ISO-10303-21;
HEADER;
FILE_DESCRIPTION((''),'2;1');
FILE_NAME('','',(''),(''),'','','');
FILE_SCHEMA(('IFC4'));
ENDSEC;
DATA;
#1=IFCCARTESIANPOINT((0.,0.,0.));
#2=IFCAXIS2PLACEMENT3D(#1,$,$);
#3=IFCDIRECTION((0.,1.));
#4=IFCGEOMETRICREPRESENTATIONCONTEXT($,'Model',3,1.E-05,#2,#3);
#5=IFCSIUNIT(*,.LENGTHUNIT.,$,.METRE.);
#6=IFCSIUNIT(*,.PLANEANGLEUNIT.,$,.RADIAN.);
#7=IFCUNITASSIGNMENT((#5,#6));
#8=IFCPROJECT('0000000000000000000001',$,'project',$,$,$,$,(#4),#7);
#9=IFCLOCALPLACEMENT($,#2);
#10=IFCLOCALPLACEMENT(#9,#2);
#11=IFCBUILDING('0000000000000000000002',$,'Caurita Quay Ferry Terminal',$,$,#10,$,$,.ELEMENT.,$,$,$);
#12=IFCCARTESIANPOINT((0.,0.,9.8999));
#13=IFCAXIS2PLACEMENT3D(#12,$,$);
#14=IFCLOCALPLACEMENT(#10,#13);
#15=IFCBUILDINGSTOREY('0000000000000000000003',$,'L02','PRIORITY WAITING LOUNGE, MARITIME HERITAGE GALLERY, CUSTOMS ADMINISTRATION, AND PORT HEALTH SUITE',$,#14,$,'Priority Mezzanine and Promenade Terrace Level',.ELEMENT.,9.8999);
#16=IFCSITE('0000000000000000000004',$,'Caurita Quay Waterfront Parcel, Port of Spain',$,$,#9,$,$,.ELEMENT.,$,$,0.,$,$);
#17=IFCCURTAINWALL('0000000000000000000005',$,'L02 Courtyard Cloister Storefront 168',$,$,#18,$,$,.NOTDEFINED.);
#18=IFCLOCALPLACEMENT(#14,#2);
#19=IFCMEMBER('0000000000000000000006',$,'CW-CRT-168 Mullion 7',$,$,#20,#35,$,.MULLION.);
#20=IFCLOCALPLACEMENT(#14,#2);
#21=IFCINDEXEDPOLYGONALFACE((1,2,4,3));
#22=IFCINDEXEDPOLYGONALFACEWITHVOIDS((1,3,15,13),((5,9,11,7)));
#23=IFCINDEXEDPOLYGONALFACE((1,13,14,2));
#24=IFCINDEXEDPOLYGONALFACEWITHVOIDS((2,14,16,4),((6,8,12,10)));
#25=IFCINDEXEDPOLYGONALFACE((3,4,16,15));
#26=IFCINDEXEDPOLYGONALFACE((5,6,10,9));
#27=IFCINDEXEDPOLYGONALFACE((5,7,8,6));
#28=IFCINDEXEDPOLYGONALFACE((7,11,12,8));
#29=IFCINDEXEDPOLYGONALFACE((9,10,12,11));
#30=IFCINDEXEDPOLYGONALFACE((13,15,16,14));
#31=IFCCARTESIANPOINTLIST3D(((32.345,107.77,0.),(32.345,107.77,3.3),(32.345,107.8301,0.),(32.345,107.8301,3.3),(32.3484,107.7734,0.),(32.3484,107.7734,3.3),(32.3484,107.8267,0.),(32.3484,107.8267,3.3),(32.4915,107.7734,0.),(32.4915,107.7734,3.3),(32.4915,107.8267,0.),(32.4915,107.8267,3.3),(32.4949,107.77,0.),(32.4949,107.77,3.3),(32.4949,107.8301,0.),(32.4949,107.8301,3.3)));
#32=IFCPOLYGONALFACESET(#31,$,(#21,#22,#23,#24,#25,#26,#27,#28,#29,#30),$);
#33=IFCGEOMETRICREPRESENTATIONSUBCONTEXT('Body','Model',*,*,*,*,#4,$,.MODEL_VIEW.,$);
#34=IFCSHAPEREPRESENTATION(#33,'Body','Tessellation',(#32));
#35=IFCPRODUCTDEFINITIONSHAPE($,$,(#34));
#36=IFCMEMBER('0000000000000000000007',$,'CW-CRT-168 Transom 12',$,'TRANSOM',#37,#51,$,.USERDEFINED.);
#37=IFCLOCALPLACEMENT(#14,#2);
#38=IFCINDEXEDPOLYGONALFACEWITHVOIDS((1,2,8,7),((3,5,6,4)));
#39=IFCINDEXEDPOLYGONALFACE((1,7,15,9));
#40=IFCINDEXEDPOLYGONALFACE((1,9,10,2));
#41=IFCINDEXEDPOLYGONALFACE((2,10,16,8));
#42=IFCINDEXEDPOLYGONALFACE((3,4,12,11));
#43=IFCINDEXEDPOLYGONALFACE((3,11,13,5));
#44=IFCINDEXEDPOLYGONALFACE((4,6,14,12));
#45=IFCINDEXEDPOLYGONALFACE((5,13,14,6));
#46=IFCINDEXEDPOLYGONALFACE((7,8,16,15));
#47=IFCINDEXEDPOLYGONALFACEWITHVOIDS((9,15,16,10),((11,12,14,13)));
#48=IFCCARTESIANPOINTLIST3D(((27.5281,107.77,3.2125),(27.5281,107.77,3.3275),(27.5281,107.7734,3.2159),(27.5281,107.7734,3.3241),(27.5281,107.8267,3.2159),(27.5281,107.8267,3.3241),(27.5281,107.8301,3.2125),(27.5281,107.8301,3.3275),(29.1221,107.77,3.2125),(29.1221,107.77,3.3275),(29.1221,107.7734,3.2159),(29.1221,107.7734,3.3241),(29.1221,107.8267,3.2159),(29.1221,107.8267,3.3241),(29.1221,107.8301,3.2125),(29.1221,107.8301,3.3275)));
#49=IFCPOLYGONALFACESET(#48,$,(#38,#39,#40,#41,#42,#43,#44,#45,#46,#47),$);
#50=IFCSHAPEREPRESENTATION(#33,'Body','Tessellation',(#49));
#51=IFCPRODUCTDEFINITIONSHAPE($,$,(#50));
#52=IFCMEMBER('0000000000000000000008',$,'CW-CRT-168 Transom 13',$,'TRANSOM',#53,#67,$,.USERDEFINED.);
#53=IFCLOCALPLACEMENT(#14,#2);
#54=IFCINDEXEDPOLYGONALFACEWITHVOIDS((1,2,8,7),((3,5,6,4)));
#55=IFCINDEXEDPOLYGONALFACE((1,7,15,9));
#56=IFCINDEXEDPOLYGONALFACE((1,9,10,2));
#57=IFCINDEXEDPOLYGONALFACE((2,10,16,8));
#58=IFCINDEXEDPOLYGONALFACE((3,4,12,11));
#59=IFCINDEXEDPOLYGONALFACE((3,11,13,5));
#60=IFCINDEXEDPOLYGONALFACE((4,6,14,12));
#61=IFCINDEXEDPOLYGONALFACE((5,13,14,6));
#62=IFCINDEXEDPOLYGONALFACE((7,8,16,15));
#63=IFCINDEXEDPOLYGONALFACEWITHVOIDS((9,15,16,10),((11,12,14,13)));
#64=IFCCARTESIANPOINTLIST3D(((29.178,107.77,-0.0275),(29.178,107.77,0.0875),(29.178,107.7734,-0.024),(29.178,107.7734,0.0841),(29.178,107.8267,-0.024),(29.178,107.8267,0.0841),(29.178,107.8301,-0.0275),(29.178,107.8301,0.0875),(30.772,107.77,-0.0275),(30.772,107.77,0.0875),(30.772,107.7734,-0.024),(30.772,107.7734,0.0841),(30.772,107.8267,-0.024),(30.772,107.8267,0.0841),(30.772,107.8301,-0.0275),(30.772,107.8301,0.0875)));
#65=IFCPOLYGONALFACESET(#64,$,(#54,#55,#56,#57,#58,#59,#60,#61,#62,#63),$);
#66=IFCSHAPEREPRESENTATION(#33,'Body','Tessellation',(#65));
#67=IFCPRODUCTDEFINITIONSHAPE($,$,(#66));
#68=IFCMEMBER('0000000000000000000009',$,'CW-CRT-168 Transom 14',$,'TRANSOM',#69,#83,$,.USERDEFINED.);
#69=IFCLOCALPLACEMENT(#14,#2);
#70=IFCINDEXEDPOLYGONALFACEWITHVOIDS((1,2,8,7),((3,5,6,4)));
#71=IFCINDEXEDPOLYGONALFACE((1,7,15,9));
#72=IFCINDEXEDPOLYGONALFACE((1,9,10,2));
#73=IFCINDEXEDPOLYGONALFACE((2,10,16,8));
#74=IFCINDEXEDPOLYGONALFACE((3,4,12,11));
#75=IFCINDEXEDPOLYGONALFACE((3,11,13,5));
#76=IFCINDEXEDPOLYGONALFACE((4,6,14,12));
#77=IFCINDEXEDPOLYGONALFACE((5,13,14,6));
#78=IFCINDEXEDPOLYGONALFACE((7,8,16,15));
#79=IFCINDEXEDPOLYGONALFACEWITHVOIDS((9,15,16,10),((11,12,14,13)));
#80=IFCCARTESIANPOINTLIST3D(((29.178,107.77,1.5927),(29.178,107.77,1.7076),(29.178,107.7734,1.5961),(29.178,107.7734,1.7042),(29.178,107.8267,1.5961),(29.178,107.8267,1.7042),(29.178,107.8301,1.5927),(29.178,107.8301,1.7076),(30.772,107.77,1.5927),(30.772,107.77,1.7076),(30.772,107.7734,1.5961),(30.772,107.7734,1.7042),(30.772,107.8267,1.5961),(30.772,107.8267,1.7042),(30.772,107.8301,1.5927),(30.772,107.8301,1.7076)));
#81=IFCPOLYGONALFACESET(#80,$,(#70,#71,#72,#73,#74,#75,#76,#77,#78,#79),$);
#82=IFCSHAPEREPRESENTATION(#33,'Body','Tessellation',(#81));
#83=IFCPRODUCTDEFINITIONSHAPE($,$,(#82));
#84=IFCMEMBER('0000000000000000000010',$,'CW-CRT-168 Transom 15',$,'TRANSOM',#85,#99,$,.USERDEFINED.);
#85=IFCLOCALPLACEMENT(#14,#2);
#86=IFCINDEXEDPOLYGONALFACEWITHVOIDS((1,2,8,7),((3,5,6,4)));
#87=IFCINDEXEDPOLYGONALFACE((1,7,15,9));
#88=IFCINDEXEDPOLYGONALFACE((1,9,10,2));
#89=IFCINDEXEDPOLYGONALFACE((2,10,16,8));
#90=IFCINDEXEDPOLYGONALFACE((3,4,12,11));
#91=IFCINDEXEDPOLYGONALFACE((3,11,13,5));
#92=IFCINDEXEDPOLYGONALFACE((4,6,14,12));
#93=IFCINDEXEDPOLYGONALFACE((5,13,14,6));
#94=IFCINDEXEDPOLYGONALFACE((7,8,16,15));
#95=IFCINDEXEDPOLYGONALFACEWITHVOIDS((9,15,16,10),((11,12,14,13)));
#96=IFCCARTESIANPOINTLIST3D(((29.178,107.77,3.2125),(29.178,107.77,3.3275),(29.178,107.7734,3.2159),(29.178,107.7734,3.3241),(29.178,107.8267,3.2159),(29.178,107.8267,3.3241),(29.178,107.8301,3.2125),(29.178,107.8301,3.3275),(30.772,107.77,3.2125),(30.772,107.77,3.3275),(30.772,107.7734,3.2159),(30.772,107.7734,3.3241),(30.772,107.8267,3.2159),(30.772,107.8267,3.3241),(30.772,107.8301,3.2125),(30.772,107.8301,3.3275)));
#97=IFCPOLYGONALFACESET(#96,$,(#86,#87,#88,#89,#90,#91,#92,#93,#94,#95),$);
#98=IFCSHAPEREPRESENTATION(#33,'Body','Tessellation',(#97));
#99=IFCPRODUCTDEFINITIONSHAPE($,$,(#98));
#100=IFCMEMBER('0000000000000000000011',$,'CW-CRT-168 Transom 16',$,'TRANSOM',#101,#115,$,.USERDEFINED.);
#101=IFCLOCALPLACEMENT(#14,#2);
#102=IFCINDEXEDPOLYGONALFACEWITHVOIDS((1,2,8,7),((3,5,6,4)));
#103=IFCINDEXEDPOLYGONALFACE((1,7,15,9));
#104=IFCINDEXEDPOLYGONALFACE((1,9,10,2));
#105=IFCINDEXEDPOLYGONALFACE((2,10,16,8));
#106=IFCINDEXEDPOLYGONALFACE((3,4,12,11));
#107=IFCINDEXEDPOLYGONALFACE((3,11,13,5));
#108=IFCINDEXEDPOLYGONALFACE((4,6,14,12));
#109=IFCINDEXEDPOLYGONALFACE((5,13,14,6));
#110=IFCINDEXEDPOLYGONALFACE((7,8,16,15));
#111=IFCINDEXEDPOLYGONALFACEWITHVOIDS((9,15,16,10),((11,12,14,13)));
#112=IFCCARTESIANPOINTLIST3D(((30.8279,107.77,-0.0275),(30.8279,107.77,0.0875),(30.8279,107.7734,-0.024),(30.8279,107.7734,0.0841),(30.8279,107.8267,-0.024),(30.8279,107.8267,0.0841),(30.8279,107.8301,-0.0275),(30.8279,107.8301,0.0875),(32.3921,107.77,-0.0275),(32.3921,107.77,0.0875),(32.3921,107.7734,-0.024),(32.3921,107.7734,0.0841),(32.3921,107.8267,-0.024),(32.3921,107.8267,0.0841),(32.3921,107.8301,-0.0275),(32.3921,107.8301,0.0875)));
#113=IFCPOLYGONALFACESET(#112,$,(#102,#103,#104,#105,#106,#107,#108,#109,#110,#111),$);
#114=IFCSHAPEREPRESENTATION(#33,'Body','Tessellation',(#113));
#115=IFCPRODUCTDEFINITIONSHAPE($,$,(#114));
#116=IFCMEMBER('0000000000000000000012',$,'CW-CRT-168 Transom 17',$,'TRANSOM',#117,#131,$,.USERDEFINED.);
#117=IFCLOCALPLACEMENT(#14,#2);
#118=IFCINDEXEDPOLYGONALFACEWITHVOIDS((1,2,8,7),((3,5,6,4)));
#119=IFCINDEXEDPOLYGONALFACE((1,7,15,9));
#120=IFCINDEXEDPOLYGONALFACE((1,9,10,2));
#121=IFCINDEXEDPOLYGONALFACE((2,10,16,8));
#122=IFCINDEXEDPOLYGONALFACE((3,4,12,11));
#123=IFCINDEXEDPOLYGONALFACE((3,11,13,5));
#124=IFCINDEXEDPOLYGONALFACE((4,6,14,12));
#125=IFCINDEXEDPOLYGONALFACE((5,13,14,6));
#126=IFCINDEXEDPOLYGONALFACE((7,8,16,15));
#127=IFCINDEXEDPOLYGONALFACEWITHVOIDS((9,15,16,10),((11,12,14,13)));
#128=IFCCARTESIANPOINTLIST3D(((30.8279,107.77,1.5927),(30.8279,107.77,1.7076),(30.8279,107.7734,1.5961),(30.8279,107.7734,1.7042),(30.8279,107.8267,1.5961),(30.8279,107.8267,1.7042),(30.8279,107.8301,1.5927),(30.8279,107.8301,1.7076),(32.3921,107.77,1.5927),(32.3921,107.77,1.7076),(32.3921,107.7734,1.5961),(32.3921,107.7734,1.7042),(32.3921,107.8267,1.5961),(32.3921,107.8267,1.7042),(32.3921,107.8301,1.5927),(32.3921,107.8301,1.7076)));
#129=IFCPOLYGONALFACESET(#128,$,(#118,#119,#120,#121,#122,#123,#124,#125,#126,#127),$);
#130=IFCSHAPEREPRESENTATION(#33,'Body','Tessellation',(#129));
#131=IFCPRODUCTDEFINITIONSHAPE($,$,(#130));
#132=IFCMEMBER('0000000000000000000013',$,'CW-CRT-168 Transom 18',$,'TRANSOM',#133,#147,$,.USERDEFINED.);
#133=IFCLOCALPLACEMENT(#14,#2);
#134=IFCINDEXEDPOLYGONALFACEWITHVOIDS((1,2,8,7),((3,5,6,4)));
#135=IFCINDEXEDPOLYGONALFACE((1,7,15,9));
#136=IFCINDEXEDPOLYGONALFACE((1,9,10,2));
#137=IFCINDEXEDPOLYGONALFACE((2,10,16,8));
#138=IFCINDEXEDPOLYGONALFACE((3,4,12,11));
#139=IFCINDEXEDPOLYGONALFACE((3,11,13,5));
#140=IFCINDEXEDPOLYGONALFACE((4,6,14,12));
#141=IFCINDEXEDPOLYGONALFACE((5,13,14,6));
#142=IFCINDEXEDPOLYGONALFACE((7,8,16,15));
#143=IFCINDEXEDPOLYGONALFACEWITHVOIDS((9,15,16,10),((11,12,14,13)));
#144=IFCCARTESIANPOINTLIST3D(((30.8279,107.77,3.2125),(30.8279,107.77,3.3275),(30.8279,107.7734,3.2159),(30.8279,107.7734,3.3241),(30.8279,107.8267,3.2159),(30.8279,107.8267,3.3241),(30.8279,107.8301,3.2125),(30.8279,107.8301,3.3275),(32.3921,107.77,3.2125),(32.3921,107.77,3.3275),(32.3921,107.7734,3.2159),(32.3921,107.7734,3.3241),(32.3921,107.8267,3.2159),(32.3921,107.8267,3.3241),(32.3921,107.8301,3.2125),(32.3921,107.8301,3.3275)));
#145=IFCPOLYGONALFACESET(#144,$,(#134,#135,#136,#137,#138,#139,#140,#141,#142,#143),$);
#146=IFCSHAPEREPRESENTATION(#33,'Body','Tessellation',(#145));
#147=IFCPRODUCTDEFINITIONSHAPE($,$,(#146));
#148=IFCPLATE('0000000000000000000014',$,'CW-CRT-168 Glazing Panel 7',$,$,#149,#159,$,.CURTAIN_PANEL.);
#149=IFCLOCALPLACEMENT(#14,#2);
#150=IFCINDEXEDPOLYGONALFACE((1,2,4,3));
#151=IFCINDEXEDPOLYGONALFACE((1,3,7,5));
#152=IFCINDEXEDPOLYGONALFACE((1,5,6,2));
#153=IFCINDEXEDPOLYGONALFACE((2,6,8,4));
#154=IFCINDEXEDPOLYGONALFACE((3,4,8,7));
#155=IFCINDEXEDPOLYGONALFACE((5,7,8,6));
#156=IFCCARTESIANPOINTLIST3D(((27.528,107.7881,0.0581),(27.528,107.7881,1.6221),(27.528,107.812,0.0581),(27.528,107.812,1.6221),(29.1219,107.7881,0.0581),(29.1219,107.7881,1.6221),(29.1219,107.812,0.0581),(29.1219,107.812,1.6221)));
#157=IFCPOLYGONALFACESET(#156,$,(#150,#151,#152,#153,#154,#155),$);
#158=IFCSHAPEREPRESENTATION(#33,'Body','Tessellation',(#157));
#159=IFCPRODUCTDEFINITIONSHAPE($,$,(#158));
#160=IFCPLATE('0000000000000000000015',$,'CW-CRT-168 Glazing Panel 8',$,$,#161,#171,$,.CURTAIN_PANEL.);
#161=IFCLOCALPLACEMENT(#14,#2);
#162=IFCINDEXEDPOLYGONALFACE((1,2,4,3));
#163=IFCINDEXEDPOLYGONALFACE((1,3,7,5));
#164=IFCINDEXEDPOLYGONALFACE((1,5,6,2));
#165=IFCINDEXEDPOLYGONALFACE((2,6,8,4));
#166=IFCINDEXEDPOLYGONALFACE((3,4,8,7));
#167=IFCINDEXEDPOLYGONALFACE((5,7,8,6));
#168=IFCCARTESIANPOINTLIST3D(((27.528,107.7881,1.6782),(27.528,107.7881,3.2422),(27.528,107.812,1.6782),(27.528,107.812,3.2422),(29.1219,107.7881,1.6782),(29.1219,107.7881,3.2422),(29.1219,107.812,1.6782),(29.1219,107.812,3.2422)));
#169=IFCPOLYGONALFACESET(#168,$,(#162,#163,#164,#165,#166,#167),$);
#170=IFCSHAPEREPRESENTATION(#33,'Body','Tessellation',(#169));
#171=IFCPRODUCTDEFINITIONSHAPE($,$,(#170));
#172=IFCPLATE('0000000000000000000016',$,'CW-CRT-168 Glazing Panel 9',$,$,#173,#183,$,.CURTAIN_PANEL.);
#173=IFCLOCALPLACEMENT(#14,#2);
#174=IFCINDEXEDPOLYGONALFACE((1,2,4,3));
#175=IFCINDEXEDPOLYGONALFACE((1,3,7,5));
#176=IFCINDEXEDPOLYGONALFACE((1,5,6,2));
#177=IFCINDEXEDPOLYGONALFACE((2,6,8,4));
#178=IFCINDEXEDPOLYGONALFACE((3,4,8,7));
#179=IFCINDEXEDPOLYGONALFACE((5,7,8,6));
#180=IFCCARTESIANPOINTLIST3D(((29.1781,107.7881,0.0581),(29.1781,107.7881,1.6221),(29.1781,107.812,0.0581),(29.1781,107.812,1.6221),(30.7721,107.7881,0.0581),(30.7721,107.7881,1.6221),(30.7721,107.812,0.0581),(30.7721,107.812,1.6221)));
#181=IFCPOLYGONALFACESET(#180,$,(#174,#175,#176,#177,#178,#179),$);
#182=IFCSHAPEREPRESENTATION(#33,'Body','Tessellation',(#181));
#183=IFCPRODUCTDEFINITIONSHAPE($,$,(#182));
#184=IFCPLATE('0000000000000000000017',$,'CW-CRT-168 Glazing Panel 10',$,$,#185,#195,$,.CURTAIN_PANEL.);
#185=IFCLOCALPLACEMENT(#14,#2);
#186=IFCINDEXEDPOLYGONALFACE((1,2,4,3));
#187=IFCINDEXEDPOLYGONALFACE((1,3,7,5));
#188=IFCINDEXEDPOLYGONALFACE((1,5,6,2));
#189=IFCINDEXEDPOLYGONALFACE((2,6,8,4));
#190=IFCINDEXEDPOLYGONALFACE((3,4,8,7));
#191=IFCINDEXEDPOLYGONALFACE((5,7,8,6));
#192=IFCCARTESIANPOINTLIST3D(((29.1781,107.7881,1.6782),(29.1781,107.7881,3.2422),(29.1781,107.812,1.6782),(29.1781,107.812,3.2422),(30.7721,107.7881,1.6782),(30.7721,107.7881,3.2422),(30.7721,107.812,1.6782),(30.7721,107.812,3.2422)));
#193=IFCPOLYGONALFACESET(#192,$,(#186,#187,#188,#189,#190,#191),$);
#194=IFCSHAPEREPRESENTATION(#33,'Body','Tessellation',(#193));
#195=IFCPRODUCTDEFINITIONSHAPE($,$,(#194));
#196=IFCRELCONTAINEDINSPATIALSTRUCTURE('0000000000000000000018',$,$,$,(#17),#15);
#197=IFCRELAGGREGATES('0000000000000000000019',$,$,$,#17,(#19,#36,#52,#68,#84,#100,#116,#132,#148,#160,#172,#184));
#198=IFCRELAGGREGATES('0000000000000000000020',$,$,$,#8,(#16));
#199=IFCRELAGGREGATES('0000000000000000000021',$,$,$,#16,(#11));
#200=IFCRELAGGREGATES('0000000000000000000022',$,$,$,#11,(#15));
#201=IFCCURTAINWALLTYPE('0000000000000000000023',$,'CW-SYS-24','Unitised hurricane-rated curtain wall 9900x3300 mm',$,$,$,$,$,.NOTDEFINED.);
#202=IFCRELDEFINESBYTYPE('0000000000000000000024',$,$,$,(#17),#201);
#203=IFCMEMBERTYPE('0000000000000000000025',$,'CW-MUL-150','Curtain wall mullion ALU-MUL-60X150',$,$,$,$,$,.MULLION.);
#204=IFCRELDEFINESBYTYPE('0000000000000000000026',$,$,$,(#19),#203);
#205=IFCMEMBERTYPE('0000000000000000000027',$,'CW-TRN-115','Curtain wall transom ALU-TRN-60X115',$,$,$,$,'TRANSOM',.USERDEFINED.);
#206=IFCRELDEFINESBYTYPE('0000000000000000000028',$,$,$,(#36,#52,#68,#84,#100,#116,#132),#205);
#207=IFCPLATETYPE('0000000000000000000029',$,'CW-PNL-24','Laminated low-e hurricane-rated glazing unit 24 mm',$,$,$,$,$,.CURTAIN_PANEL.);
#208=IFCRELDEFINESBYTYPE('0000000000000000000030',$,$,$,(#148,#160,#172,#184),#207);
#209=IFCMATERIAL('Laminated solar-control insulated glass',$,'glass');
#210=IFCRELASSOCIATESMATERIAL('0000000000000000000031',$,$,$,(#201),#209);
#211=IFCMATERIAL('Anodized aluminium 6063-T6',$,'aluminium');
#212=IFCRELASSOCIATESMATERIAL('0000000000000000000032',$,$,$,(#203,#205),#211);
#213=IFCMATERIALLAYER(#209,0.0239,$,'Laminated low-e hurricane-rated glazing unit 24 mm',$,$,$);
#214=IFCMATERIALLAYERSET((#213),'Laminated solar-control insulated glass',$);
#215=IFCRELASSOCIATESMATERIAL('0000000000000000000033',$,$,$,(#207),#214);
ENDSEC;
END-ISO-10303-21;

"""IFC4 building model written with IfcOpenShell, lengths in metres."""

from ifc_helpers import new_model, si_unit, direction, frame, origin, origin_2d, place, context, subcontext, project, spatial, rectangle, hollow_rectangle, extrude, material, layer, layer_set, material_profile, profile_set, type_object, element, aggregate, save


model = new_model("IFC4")

# Units and contexts
model_context = context("Model", 3, precision=1e-05, world=origin(), true_north=direction((0.0, 1.0)))
body_context = subcontext(model_context, "Body", "Model", "MODEL_VIEW")
ifc_project = project(units=[si_unit("LENGTHUNIT", "METRE"), si_unit("PLANEANGLEUNIT", "RADIAN")], contexts=[model_context])

# Site, building, storey
site_placement = place(None, origin())
site = spatial("IfcSite", under=ifc_project, at=site_placement, Name="Caurita Quay Waterfront Parcel, Port of Spain", CompositionType="ELEMENT", RefElevation=0.0)
building_placement = place(site_placement, origin())
building = spatial("IfcBuilding", under=site, at=building_placement, Name="Caurita Quay Ferry Terminal", CompositionType="ELEMENT")
storey_placement = place(building_placement, frame((0.0, 0.0, 9.8999)))
storey = spatial("IfcBuildingStorey", under=building, at=storey_placement, Name="L02", Description="PRIORITY WAITING LOUNGE, MARITIME HERITAGE GALLERY, CUSTOMS ADMINISTRATION, AND PORT HEALTH SUITE", LongName="Priority Mezzanine and Promenade Terrace Level", CompositionType="ELEMENT", Elevation=9.8999)

# Curtain wall, members, plates
ifc_material_1 = material(Name="Laminated solar-control insulated glass", Category="glass")
curtain_wall_type = type_object("IfcCurtainWallType", Name="CW-SYS-24", Description="Unitised hurricane-rated curtain wall 9900x3300 mm", PredefinedType="NOTDEFINED", material=ifc_material_1)
curtain_wall_placement = place(storey_placement, origin())
curtain_wall = element("IfcCurtainWall", 1, at=curtain_wall_placement, inside=storey, type_object=curtain_wall_type, Name="L02 Courtyard Cloister Storefront 168", PredefinedType="NOTDEFINED")
ifc_material_2 = material(Name="Anodized aluminium 6063-T6", Category="aluminium")
ifc_material_profile_1 = material_profile(ifc_material_2, hollow_rectangle(XDim=0.0601, YDim=0.1499, WallThickness=0.0034, at=origin_2d()), Name="ALU-MUL-60X150")
ifc_profile_set_1 = profile_set([ifc_material_profile_1], Name="Anodized aluminium 6063-T6")
member_type_1 = type_object("IfcMemberType", Name="CW-MUL-150", Description="Curtain wall mullion ALU-MUL-60X150", PredefinedType="MULLION", material=ifc_profile_set_1)
member_1_placement = place(storey_placement, frame((32.4199, 107.8, 0.0), z_axis=(0.0, 0.0, 1.0), x_axis=(0.0, 1.0, 0.0)))
member_1 = element("IfcMember", 2, at=member_1_placement, type_object=member_type_1, Name="CW-CRT-168 Mullion 7", PredefinedType="MULLION", context=body_context, shape_type="SweptSolid", body=[
    extrude(hollow_rectangle(XDim=0.0601, YDim=0.1499, WallThickness=0.0034, at=origin_2d()), origin(), (0.0, 0.0, 1.0), 3.3),
])
ifc_material_profile_2 = material_profile(ifc_material_2, hollow_rectangle(XDim=0.0601, YDim=0.115, WallThickness=0.0034, at=origin_2d()), Name="ALU-TRN-60X115")
ifc_profile_set_2 = profile_set([ifc_material_profile_2], Name="Anodized aluminium 6063-T6")
member_type_2 = type_object("IfcMemberType", Name="CW-TRN-115", Description="Curtain wall transom ALU-TRN-60X115", ElementType="TRANSOM", PredefinedType="USERDEFINED", material=ifc_profile_set_2)
member_2_placement = place(storey_placement, frame((27.5281, 107.8, 3.27), z_axis=(1.0, 0.0, 0.0), x_axis=(0.0, 1.0, 0.0)))
member_2 = element("IfcMember", 3, at=member_2_placement, type_object=member_type_2, Name="CW-CRT-168 Transom 12", ObjectType="TRANSOM", PredefinedType="USERDEFINED", context=body_context, shape_type="SweptSolid", body=[
    extrude(hollow_rectangle(XDim=0.0601, YDim=0.115, WallThickness=0.0034, at=origin_2d()), origin(), (0.0, 0.0, 1.0), 1.594),
])
member_3_placement = place(storey_placement, frame((29.178, 107.8, 0.03), z_axis=(1.0, 0.0, 0.0), x_axis=(0.0, 1.0, 0.0)))
member_3 = element("IfcMember", 4, at=member_3_placement, type_object=member_type_2, Name="CW-CRT-168 Transom 13", ObjectType="TRANSOM", PredefinedType="USERDEFINED", context=body_context, shape_type="SweptSolid", body=[
    extrude(hollow_rectangle(XDim=0.0601, YDim=0.115, WallThickness=0.0034, at=origin_2d()), origin(), (0.0, 0.0, 1.0), 1.594),
])
member_4_placement = place(storey_placement, frame((29.178, 107.8, 1.6501), z_axis=(1.0, 0.0, 0.0), x_axis=(0.0, 1.0, 0.0)))
member_4 = element("IfcMember", 5, at=member_4_placement, type_object=member_type_2, Name="CW-CRT-168 Transom 14", ObjectType="TRANSOM", PredefinedType="USERDEFINED", context=body_context, shape_type="SweptSolid", body=[
    extrude(hollow_rectangle(XDim=0.0601, YDim=0.115, WallThickness=0.0034, at=origin_2d()), origin(), (0.0, 0.0, 1.0), 1.594),
])
member_5_placement = place(storey_placement, frame((29.178, 107.8, 3.27), z_axis=(1.0, 0.0, 0.0), x_axis=(0.0, 1.0, 0.0)))
member_5 = element("IfcMember", 6, at=member_5_placement, type_object=member_type_2, Name="CW-CRT-168 Transom 15", ObjectType="TRANSOM", PredefinedType="USERDEFINED", context=body_context, shape_type="SweptSolid", body=[
    extrude(hollow_rectangle(XDim=0.0601, YDim=0.115, WallThickness=0.0034, at=origin_2d()), origin(), (0.0, 0.0, 1.0), 1.594),
])
member_6_placement = place(storey_placement, frame((30.8279, 107.8, 0.03), z_axis=(1.0, 0.0, 0.0), x_axis=(0.0, 1.0, 0.0)))
member_6 = element("IfcMember", 7, at=member_6_placement, type_object=member_type_2, Name="CW-CRT-168 Transom 16", ObjectType="TRANSOM", PredefinedType="USERDEFINED", context=body_context, shape_type="SweptSolid", body=[
    extrude(hollow_rectangle(XDim=0.0601, YDim=0.115, WallThickness=0.0034, at=origin_2d()), origin(), (0.0, 0.0, 1.0), 1.5642),
])
member_7_placement = place(storey_placement, frame((30.8279, 107.8, 1.6501), z_axis=(1.0, 0.0, 0.0), x_axis=(0.0, 1.0, 0.0)))
member_7 = element("IfcMember", 8, at=member_7_placement, type_object=member_type_2, Name="CW-CRT-168 Transom 17", ObjectType="TRANSOM", PredefinedType="USERDEFINED", context=body_context, shape_type="SweptSolid", body=[
    extrude(hollow_rectangle(XDim=0.0601, YDim=0.115, WallThickness=0.0034, at=origin_2d()), origin(), (0.0, 0.0, 1.0), 1.5642),
])
member_8_placement = place(storey_placement, frame((30.8279, 107.8, 3.27), z_axis=(1.0, 0.0, 0.0), x_axis=(0.0, 1.0, 0.0)))
member_8 = element("IfcMember", 9, at=member_8_placement, type_object=member_type_2, Name="CW-CRT-168 Transom 18", ObjectType="TRANSOM", PredefinedType="USERDEFINED", context=body_context, shape_type="SweptSolid", body=[
    extrude(hollow_rectangle(XDim=0.0601, YDim=0.115, WallThickness=0.0034, at=origin_2d()), origin(), (0.0, 0.0, 1.0), 1.5642),
])
ifc_layer_1 = layer(ifc_material_1, 0.0239, Name="Laminated low-e hurricane-rated glazing unit 24 mm")
ifc_layer_set_1 = layer_set([ifc_layer_1], Name="Laminated solar-control insulated glass")
plate_type = type_object("IfcPlateType", Name="CW-PNL-24", Description="Laminated low-e hurricane-rated glazing unit 24 mm", PredefinedType="CURTAIN_PANEL", material=ifc_layer_set_1)
plate_1_placement = place(storey_placement, frame((28.325, 107.8, 0.0581), z_axis=(0.0, 0.0, 1.0), x_axis=(1.0, 0.0, 0.0)))
plate_1 = element("IfcPlate", 10, at=plate_1_placement, type_object=plate_type, Name="CW-CRT-168 Glazing Panel 7", PredefinedType="CURTAIN_PANEL", context=body_context, shape_type="SweptSolid", body=[
    extrude(rectangle(XDim=1.594, YDim=0.0239, at=origin_2d()), origin(), (0.0, 0.0, 1.0), 1.564),
])
plate_2_placement = place(storey_placement, frame((28.325, 107.8, 1.6782), z_axis=(0.0, 0.0, 1.0), x_axis=(1.0, 0.0, 0.0)))
plate_2 = element("IfcPlate", 11, at=plate_2_placement, type_object=plate_type, Name="CW-CRT-168 Glazing Panel 8", PredefinedType="CURTAIN_PANEL", context=body_context, shape_type="SweptSolid", body=[
    extrude(rectangle(XDim=1.594, YDim=0.0239, at=origin_2d()), origin(), (0.0, 0.0, 1.0), 1.564),
])
plate_3_placement = place(storey_placement, frame((29.9751, 107.8, 0.0581), z_axis=(0.0, 0.0, 1.0), x_axis=(1.0, 0.0, 0.0)))
plate_3 = element("IfcPlate", 12, at=plate_3_placement, type_object=plate_type, Name="CW-CRT-168 Glazing Panel 9", PredefinedType="CURTAIN_PANEL", context=body_context, shape_type="SweptSolid", body=[
    extrude(rectangle(XDim=1.594, YDim=0.0239, at=origin_2d()), origin(), (0.0, 0.0, 1.0), 1.564),
])
plate_4_placement = place(storey_placement, frame((29.9751, 107.8, 1.6782), z_axis=(0.0, 0.0, 1.0), x_axis=(1.0, 0.0, 0.0)))
plate_4 = element("IfcPlate", 13, at=plate_4_placement, type_object=plate_type, Name="CW-CRT-168 Glazing Panel 10", PredefinedType="CURTAIN_PANEL", context=body_context, shape_type="SweptSolid", body=[
    extrude(rectangle(XDim=1.594, YDim=0.0239, at=origin_2d()), origin(), (0.0, 0.0, 1.0), 1.564),
])
aggregate(curtain_wall, [member_1, member_2, member_3, member_4, member_5, member_6, member_7, member_8, plate_1, plate_2, plate_3, plate_4])

save(model, "model.ifc")
